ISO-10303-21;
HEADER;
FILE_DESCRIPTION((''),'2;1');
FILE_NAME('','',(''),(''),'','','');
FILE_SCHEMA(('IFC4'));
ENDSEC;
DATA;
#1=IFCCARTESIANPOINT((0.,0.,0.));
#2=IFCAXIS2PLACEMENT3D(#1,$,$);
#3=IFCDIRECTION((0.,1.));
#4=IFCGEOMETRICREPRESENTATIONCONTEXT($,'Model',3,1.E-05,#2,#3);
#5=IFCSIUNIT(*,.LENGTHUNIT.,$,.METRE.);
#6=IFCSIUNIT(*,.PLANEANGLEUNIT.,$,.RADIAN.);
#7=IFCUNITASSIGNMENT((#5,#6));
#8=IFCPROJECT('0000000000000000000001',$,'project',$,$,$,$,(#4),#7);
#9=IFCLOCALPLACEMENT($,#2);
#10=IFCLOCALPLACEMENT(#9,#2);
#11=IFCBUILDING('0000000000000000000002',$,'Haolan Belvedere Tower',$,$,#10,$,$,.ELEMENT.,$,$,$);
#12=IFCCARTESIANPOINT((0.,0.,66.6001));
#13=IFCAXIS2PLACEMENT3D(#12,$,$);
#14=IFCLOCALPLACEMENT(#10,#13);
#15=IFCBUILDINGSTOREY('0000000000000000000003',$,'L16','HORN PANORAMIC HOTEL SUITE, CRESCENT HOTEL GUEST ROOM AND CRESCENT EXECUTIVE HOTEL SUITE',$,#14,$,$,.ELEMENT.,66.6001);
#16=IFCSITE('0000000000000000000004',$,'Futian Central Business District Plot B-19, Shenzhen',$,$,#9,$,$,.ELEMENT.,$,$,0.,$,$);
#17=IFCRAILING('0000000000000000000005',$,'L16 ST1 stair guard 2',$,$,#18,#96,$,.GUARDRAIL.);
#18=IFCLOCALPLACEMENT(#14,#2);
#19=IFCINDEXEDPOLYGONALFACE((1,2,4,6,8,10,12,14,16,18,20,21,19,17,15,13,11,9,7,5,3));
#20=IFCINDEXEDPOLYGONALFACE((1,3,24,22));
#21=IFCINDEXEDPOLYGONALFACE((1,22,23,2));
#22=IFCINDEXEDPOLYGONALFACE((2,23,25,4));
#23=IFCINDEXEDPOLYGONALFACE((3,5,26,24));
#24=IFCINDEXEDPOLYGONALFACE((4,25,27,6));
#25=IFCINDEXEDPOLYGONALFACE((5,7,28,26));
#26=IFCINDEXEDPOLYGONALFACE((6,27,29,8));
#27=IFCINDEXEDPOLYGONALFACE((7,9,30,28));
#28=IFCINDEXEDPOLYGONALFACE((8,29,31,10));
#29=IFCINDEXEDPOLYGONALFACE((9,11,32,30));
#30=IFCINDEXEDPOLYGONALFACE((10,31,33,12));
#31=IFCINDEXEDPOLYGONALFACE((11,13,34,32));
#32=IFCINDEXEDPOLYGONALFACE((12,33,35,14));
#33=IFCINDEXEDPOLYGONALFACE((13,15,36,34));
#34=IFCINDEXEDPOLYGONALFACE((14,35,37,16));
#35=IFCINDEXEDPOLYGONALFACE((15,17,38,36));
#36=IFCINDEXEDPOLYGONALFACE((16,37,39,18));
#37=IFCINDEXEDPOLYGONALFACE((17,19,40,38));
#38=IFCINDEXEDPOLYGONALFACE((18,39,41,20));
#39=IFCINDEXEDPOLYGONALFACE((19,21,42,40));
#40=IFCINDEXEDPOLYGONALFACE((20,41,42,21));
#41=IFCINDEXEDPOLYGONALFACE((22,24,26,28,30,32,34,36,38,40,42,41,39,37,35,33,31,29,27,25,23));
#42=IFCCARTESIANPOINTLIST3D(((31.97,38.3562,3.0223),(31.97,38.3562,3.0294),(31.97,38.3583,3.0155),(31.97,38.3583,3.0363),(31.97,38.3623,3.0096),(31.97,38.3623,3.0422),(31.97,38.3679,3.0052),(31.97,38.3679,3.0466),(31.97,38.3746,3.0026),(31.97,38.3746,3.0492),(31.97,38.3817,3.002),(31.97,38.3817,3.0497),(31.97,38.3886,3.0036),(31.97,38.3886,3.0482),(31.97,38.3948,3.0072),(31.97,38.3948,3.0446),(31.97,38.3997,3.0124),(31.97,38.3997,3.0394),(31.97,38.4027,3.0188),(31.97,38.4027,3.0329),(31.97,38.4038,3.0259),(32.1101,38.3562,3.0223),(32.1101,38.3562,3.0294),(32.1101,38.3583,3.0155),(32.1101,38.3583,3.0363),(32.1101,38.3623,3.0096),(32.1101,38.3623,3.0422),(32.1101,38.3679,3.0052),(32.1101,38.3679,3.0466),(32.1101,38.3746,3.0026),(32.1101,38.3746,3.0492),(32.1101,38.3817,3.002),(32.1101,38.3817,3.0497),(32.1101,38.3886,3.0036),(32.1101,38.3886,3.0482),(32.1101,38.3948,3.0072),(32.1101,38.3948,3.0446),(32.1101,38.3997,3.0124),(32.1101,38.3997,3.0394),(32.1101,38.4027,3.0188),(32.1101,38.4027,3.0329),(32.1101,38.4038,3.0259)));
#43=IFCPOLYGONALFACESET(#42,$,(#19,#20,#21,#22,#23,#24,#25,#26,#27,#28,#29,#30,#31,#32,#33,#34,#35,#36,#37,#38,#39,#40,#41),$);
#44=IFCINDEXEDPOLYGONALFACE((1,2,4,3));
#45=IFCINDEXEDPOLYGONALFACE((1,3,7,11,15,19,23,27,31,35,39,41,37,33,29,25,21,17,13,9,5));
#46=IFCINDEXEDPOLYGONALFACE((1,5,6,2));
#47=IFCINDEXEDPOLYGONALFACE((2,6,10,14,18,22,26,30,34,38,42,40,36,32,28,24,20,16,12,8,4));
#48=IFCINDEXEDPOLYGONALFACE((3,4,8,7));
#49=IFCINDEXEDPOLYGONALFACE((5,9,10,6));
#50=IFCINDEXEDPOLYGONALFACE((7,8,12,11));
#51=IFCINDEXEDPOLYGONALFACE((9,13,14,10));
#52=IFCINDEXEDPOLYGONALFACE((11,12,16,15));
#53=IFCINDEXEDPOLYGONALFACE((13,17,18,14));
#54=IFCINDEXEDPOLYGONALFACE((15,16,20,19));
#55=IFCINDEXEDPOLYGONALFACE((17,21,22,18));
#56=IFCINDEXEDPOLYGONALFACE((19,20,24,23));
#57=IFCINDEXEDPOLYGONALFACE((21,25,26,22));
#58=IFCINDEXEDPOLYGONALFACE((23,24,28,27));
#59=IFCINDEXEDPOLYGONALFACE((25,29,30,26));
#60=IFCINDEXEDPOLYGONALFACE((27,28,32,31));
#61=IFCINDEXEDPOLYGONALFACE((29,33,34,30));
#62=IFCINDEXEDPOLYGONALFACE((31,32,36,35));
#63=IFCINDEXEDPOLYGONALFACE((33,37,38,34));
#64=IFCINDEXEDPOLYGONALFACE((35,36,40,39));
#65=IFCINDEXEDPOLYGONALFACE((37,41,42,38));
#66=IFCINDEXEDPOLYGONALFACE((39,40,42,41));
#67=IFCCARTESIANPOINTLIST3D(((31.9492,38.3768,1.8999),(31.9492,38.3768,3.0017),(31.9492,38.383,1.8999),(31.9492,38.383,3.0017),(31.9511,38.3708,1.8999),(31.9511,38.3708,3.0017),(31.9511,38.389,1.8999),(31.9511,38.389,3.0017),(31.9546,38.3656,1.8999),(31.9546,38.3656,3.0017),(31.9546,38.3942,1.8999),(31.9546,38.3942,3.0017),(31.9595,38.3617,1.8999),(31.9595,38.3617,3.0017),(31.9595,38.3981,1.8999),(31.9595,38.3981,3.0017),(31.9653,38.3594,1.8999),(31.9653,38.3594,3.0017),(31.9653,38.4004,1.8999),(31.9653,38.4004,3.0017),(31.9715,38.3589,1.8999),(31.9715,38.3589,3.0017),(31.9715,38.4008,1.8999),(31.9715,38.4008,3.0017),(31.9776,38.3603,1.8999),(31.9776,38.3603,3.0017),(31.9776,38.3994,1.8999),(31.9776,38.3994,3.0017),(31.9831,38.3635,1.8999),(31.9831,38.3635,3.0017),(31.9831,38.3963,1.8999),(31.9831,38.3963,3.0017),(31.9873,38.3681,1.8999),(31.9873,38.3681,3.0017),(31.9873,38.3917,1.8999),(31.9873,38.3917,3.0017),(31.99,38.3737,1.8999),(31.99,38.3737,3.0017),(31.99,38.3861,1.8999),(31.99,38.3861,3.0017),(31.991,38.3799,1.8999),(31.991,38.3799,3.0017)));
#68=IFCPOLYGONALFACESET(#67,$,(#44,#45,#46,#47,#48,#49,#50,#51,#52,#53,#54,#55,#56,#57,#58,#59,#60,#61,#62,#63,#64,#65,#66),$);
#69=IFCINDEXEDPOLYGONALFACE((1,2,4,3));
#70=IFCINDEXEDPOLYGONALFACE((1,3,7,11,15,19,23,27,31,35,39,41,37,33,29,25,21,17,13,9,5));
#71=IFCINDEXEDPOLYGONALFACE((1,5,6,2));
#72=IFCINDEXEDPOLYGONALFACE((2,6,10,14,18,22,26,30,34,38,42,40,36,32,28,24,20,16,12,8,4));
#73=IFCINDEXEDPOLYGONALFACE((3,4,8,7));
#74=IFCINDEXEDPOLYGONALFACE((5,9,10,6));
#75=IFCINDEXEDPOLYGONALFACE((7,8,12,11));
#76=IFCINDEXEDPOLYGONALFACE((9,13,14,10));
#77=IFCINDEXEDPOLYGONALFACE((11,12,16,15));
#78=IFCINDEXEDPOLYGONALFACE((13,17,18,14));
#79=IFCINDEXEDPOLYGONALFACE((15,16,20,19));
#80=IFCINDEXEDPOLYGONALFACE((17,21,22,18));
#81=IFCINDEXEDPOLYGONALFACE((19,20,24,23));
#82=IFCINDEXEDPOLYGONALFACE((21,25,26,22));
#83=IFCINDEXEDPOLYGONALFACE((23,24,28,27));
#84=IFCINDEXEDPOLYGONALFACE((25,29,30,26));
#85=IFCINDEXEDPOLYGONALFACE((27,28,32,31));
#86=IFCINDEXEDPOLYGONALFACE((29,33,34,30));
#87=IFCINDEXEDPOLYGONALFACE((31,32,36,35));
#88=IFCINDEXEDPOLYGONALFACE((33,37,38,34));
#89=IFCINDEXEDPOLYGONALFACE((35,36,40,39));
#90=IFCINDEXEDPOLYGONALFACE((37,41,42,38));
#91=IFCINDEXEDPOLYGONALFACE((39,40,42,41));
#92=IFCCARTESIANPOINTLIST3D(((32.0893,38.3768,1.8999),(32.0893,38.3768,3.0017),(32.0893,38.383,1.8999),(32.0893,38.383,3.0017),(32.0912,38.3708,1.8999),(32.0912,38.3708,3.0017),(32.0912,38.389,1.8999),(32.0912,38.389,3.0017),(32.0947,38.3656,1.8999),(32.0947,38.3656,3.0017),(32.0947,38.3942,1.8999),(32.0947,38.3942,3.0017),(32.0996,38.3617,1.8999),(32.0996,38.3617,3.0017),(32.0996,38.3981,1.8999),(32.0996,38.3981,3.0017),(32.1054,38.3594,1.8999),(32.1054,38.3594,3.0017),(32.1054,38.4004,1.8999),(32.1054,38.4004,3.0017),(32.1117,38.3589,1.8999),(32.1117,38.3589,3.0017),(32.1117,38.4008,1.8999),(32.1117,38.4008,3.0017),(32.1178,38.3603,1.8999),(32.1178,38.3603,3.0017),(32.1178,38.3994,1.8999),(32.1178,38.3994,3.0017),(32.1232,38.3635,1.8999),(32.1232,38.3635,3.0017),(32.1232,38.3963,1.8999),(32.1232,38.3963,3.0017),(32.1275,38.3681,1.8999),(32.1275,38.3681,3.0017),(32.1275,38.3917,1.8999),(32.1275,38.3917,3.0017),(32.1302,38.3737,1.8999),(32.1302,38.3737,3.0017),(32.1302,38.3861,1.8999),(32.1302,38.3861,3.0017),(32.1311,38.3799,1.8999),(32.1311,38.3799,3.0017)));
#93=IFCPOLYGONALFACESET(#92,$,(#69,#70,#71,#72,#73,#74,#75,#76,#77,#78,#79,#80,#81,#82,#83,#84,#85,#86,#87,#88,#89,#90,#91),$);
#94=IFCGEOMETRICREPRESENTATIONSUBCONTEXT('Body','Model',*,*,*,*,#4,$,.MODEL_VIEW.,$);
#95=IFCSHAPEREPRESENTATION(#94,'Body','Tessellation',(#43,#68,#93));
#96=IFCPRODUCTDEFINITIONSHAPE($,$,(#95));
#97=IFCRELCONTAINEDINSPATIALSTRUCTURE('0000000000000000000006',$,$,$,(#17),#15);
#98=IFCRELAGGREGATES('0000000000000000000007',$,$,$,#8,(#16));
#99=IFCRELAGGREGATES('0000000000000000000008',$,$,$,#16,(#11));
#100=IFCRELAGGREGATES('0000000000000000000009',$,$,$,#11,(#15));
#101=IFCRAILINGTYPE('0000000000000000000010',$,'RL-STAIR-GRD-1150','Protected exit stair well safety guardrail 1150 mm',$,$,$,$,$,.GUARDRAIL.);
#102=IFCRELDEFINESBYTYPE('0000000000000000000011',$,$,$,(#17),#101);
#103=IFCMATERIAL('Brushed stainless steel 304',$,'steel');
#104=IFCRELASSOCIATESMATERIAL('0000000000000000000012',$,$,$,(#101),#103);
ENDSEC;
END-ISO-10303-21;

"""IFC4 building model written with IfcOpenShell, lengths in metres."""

from ifc_helpers import new_model, si_unit, direction, frame, origin, origin_2d, place, context, subcontext, project, spatial, circle, extrude, material, type_object, element, save


model = new_model("IFC4")

# Units and contexts
model_context = context("Model", 3, precision=1e-05, world=origin(), true_north=direction((0.0, 1.0)))
body_context = subcontext(model_context, "Body", "Model", "MODEL_VIEW")
ifc_project = project(units=[si_unit("LENGTHUNIT", "METRE"), si_unit("PLANEANGLEUNIT", "RADIAN")], contexts=[model_context])

# Site, building, storey
site_placement = place(None, origin())
site = spatial("IfcSite", under=ifc_project, at=site_placement, Name="Futian Central Business District Plot B-19, Shenzhen", CompositionType="ELEMENT", RefElevation=0.0)
building_placement = place(site_placement, origin())
building = spatial("IfcBuilding", under=site, at=building_placement, Name="Haolan Belvedere Tower", CompositionType="ELEMENT")
storey_placement = place(building_placement, frame((0.0, 0.0, 66.6001)))
storey = spatial("IfcBuildingStorey", under=building, at=storey_placement, Name="L16", Description="HORN PANORAMIC HOTEL SUITE, CRESCENT HOTEL GUEST ROOM AND CRESCENT EXECUTIVE HOTEL SUITE", CompositionType="ELEMENT", Elevation=66.6001)

# Railing
ifc_material_1 = material(Name="Brushed stainless steel 304", Category="steel")
railing_type = type_object("IfcRailingType", Name="RL-STAIR-GRD-1150", Description="Protected exit stair well safety guardrail 1150 mm", PredefinedType="GUARDRAIL", material=ifc_material_1)
railing_1_placement = place(storey_placement, frame((31.97, 38.3799, 1.8999)))
element("IfcRailing", 1, at=railing_1_placement, inside=storey, type_object=railing_type, Name="L16 ST1 stair guard 2", PredefinedType="GUARDRAIL", context=body_context, shape_type="SweptSolid", body=[
    extrude(circle(Radius=0.0239, at=origin_2d()), frame((0.0, 0.0, 1.126), z_axis=(1.0, 0.0, 0.0), x_axis=(0.0, 1.0, 0.0)), (0.0, 0.0, 1.0), 0.1401),
    extrude(circle(Radius=0.021, at=origin_2d()), origin(), (0.0, 0.0, 1.0), 1.1018),
    extrude(circle(Radius=0.021, at=origin_2d()), frame((0.1401, 0.0, 0.0)), (0.0, 0.0, 1.0), 1.1018),
])

save(model, "model.ifc")
